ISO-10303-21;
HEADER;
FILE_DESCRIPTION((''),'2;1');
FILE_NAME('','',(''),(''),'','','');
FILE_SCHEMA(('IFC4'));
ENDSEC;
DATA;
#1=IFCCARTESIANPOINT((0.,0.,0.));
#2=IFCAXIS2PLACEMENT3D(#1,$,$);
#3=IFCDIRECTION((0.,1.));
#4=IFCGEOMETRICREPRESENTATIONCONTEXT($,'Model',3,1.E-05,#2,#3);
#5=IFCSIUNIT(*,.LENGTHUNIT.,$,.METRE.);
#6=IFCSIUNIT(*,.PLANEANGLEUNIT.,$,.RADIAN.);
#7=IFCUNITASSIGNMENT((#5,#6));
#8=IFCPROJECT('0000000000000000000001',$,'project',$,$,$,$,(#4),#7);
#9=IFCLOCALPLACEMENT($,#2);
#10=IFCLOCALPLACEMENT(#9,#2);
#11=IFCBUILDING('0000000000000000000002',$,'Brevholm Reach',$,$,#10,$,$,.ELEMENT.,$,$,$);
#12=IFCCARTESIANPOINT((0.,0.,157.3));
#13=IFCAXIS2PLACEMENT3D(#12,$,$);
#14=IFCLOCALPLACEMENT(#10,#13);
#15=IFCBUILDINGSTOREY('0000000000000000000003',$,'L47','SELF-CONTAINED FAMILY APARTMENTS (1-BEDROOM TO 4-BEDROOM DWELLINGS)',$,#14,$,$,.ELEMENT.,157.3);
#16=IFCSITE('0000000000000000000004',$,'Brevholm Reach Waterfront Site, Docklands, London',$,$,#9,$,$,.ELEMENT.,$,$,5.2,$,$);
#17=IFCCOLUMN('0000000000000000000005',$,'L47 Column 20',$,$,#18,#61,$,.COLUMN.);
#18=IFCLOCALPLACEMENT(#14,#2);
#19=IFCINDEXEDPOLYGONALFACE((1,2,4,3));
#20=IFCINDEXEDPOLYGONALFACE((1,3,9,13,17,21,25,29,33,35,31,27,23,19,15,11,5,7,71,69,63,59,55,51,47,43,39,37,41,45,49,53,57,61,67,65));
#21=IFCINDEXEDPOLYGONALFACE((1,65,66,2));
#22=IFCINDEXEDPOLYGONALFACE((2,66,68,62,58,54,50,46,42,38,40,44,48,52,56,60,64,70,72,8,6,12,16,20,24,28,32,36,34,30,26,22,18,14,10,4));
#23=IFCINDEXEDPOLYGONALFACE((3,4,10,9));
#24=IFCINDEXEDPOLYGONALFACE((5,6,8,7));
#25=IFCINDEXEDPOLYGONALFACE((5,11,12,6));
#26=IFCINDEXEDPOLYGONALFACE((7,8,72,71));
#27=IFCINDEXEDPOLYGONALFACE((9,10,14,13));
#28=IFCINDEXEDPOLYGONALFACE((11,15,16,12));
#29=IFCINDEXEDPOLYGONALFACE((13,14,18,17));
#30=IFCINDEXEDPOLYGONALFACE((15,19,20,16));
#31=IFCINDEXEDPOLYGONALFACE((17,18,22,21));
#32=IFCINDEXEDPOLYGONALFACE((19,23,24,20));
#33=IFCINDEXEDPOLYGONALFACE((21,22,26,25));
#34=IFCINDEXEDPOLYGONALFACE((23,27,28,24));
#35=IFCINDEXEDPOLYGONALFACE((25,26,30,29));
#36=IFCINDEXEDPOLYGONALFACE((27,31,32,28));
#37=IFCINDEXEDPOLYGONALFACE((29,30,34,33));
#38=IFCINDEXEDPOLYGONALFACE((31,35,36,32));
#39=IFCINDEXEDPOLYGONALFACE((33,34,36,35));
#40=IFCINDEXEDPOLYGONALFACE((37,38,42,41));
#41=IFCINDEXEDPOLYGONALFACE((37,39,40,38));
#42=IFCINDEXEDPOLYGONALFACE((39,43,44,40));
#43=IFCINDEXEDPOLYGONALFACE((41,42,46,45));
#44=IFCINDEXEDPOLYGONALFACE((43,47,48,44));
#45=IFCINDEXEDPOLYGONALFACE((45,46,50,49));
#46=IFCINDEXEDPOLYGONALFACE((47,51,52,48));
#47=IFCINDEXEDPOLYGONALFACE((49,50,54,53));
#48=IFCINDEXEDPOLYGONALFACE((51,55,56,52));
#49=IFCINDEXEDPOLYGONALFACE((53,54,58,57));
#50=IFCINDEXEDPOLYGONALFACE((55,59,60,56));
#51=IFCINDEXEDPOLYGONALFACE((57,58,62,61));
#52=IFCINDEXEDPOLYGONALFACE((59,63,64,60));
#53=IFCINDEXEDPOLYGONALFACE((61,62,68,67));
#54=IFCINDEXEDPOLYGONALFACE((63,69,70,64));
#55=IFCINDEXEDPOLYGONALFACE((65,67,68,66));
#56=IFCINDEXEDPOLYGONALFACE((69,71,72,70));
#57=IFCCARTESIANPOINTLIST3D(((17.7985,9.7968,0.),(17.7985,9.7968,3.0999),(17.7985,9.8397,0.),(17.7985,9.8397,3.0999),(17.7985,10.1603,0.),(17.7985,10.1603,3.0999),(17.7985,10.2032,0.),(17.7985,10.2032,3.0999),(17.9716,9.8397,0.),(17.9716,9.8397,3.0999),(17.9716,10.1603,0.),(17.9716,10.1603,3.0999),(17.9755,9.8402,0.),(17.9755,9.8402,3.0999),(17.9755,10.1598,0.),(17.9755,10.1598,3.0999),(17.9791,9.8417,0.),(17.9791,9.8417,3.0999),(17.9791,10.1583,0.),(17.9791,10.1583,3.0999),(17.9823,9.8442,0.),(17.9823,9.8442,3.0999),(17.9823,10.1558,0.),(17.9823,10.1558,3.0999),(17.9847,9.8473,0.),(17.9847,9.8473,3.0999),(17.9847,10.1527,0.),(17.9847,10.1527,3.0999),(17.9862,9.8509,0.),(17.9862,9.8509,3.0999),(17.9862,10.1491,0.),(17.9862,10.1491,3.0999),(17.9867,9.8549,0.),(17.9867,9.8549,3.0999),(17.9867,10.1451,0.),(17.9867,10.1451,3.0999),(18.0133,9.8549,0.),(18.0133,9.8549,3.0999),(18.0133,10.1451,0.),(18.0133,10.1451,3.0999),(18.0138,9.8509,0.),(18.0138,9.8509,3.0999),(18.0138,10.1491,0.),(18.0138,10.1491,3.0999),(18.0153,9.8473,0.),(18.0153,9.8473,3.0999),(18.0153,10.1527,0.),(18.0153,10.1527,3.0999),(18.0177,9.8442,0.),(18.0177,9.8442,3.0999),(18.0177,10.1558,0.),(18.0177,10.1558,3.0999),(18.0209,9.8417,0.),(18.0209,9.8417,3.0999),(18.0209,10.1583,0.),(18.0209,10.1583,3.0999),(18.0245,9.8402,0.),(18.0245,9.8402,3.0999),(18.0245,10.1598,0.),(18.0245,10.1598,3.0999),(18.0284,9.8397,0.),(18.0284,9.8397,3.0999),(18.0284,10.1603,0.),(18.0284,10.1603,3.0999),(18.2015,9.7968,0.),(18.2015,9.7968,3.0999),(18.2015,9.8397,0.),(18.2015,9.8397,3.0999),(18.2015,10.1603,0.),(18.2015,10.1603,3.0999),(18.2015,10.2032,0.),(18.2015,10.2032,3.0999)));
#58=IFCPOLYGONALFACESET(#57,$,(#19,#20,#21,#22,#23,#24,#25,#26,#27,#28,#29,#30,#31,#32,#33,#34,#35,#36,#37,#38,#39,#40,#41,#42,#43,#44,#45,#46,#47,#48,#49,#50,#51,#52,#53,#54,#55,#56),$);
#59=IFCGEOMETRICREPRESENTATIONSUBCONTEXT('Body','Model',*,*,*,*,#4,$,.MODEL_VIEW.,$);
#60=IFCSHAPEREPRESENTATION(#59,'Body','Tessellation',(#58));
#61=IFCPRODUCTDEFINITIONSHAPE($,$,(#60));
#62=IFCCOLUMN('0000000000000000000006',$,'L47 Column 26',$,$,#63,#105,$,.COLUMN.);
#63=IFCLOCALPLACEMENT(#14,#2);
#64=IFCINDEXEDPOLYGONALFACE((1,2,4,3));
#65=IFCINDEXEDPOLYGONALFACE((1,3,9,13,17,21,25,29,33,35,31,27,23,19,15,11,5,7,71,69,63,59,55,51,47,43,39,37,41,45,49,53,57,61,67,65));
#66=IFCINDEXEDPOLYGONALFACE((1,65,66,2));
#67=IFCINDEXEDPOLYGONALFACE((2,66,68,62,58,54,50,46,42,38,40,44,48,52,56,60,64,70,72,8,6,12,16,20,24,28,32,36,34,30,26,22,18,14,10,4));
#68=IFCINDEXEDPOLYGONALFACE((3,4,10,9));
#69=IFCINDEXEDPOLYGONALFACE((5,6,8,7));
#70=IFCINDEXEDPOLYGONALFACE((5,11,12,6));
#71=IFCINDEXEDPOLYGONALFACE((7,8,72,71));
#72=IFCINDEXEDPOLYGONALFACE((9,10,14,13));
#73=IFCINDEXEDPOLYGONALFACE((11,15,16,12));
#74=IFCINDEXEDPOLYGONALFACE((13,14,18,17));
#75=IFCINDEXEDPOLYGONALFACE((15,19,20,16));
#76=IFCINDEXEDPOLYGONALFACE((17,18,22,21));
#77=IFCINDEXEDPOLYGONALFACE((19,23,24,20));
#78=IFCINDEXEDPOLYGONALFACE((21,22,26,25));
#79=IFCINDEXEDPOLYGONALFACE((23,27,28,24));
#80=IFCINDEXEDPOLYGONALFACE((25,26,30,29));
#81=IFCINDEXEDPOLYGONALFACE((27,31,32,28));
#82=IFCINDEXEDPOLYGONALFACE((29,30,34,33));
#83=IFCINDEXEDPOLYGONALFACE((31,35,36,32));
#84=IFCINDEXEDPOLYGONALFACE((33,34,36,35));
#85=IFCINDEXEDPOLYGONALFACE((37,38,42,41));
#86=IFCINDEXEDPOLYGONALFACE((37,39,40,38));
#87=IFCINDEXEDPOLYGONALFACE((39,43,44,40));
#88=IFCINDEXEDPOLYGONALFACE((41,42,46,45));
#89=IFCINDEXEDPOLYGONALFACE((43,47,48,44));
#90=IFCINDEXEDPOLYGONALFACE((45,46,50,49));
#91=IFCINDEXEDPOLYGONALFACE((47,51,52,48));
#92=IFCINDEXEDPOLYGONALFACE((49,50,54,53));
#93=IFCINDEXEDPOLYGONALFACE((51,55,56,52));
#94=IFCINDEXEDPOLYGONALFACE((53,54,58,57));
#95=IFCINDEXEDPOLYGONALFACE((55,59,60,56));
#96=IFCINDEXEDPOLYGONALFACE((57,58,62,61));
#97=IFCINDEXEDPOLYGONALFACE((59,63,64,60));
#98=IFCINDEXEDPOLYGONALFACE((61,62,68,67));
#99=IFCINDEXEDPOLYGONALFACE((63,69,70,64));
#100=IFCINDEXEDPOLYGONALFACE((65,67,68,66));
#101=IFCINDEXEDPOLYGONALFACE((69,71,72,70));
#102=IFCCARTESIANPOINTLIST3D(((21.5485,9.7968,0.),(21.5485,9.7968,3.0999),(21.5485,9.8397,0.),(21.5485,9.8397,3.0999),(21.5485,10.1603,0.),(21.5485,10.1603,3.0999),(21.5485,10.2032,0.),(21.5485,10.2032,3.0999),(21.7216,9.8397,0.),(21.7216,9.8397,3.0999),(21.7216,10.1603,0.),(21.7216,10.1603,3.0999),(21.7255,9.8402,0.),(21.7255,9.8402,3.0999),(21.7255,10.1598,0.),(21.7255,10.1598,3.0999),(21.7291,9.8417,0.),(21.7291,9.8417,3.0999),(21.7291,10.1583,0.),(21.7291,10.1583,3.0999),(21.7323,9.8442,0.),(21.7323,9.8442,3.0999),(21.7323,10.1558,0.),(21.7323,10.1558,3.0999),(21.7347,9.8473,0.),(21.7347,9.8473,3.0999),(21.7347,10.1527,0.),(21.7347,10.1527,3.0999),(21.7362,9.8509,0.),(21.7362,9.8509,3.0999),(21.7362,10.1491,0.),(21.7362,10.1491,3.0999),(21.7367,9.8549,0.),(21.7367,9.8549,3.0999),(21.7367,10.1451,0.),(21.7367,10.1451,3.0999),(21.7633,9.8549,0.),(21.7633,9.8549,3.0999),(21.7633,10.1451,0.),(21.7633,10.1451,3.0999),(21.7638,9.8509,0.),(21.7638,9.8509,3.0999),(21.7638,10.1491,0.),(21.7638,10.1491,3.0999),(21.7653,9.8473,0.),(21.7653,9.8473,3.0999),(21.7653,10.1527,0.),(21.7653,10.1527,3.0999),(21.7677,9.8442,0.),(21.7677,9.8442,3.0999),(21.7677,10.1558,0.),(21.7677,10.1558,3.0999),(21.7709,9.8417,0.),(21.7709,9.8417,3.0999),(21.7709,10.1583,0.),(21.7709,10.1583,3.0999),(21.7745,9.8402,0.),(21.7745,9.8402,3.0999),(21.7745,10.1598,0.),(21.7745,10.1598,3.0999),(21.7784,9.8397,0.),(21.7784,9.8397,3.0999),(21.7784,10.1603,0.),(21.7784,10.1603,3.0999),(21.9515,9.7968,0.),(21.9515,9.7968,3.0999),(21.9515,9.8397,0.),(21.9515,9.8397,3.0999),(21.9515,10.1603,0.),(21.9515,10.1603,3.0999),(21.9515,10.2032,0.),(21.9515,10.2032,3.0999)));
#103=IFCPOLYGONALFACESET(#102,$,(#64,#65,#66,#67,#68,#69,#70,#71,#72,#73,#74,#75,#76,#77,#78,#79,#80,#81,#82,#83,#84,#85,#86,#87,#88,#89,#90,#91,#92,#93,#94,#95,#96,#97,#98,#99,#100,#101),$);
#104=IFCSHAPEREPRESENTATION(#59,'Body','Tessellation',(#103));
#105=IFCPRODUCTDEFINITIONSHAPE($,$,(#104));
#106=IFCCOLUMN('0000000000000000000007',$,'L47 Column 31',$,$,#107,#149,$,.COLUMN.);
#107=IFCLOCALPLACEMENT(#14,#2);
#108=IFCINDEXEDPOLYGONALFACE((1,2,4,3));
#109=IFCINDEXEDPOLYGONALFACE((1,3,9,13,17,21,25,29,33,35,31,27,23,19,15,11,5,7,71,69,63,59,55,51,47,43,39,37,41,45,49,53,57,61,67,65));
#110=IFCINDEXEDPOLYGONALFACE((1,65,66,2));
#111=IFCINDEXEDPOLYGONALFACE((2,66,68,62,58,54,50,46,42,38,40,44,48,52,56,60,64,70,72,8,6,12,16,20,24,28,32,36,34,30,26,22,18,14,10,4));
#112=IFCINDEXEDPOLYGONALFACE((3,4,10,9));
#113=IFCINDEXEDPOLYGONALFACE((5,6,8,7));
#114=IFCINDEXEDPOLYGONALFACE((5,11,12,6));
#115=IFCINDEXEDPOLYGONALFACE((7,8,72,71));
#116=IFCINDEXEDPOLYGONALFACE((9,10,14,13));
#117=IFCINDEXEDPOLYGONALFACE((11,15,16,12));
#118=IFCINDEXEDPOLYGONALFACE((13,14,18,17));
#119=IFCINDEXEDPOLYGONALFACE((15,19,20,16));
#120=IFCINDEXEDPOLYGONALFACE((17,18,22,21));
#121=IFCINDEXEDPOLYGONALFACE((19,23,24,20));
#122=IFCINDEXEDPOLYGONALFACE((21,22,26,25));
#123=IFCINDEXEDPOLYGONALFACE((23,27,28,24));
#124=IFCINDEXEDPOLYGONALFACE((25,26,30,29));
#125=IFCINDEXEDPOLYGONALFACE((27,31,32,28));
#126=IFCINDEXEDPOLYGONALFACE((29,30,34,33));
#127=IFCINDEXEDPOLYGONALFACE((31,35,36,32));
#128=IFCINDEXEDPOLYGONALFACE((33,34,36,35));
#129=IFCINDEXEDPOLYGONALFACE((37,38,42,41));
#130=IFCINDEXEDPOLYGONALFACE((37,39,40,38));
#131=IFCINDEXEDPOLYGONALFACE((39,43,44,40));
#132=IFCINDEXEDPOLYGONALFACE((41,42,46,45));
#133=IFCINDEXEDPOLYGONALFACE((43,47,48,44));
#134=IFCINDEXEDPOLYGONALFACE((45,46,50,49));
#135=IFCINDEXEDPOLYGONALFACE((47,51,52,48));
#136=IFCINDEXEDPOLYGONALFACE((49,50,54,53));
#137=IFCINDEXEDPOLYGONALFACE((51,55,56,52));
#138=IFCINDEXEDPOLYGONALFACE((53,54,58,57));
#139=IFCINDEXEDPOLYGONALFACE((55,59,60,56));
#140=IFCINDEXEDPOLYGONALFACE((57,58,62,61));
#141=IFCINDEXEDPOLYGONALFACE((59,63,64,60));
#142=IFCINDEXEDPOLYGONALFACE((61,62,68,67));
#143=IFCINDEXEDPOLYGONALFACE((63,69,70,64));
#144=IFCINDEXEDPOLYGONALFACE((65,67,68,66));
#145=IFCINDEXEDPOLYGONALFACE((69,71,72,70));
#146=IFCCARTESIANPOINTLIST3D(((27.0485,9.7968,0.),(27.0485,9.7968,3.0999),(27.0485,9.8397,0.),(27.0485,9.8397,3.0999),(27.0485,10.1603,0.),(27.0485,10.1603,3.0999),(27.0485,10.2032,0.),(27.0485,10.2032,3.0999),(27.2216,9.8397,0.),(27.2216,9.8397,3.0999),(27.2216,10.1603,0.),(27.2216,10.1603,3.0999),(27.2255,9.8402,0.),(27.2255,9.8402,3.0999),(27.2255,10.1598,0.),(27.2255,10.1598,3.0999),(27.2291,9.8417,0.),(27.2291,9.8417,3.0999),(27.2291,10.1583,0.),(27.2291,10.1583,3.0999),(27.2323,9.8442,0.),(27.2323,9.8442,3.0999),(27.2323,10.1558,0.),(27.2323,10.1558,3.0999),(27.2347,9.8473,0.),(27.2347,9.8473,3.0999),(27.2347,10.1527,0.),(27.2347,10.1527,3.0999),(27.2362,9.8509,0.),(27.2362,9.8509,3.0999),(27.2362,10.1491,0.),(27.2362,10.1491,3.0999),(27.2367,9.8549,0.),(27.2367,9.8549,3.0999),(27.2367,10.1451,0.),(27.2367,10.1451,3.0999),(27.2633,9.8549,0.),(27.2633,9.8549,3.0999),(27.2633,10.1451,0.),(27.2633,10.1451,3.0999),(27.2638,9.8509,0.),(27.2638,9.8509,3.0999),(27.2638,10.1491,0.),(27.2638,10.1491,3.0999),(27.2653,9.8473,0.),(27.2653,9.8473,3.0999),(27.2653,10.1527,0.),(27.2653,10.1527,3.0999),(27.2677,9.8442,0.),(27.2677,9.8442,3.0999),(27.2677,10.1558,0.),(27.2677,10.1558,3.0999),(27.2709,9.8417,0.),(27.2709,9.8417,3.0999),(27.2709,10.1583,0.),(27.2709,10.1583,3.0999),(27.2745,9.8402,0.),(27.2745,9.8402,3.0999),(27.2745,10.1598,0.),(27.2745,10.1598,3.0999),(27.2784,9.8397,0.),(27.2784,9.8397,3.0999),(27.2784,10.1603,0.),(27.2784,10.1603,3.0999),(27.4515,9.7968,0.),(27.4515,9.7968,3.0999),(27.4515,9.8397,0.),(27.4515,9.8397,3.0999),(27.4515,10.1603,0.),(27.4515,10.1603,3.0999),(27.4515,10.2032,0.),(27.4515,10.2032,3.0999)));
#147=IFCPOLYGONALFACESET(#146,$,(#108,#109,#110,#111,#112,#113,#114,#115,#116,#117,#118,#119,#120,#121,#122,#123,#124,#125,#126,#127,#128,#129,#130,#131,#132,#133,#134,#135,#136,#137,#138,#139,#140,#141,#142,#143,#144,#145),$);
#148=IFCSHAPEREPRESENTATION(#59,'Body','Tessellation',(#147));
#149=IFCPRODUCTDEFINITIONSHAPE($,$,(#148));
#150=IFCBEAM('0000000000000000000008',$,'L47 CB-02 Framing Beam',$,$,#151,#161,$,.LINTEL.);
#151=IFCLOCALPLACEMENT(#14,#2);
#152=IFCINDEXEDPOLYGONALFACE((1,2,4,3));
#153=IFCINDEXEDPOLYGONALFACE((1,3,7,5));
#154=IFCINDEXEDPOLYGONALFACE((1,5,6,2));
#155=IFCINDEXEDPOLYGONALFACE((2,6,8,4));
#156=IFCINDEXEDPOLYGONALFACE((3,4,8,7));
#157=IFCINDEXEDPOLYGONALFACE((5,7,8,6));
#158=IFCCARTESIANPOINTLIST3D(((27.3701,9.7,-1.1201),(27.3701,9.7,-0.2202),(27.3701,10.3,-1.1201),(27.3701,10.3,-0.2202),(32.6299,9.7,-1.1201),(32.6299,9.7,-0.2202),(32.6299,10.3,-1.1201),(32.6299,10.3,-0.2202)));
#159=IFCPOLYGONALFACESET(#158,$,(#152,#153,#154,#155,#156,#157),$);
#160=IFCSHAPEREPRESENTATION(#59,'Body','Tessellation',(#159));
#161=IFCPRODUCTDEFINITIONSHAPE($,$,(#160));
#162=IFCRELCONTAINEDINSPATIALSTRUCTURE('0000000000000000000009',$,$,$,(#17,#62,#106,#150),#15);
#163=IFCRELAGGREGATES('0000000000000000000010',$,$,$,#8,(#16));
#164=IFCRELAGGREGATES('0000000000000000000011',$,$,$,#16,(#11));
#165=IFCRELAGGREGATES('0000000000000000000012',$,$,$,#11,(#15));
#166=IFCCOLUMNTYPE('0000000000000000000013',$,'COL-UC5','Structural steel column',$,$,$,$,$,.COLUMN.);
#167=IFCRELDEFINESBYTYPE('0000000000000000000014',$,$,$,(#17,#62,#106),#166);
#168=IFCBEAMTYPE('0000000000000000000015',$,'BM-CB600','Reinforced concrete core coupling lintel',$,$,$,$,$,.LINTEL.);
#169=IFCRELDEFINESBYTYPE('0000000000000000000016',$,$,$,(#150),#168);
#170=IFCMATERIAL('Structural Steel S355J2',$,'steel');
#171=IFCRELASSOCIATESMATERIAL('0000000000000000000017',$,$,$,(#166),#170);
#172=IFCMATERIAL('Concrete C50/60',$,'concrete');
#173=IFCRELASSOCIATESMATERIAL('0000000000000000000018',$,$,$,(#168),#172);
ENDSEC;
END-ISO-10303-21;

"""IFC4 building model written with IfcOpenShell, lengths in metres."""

from ifc_helpers import new_model, si_unit, direction, frame, origin, origin_2d, place, context, subcontext, project, spatial, rectangle, i_section, extrude, material, material_profile, profile_set, type_object, element, save


model = new_model("IFC4")

# Units and contexts
model_context = context("Model", 3, precision=1e-05, world=origin(), true_north=direction((0.0, 1.0)))
body_context = subcontext(model_context, "Body", "Model", "MODEL_VIEW")
ifc_project = project(units=[si_unit("LENGTHUNIT", "METRE"), si_unit("PLANEANGLEUNIT", "RADIAN")], contexts=[model_context])

# Site, building, storey
site_placement = place(None, origin())
site = spatial("IfcSite", under=ifc_project, at=site_placement, Name="Brevholm Reach Waterfront Site, Docklands, London", CompositionType="ELEMENT", RefElevation=5.2)
building_placement = place(site_placement, origin())
building = spatial("IfcBuilding", under=site, at=building_placement, Name="Brevholm Reach", CompositionType="ELEMENT")
storey_placement = place(building_placement, frame((0.0, 0.0, 157.3)))
storey = spatial("IfcBuildingStorey", under=building, at=storey_placement, Name="L47", Description="SELF-CONTAINED FAMILY APARTMENTS (1-BEDROOM TO 4-BEDROOM DWELLINGS)", CompositionType="ELEMENT", Elevation=157.3)

# Columns
ifc_material_1 = material(Name="Structural Steel S355J2", Category="steel")
ifc_material_profile_1 = material_profile(ifc_material_1, i_section(OverallWidth=0.4031, OverallDepth=0.4065, WebThickness=0.0266, FlangeThickness=0.043, FilletRadius=0.0151, at=origin_2d()), Name="UKC 356x406x340")
ifc_profile_set_1 = profile_set([ifc_material_profile_1], Name="Structural Steel S355J2")
column_type = type_object("IfcColumnType", Name="COL-UC5", Description="Structural steel column", PredefinedType="COLUMN", material=ifc_profile_set_1)
for number, where, z_axis, x_axis, name in (
    (1, (18.0, 10.0, 0.0), (0.0, 0.0, 1.0), (1.0, 0.0, 0.0), "L47 Column 20"),
    (2, (21.75, 10.0, 0.0), (0.0, 0.0, 1.0), (1.0, 0.0, 0.0), "L47 Column 26"),
    (3, (27.25, 10.0, 0.0), (0.0, 0.0, 1.0), (1.0, 0.0, 0.0), "L47 Column 31"),
):
    element("IfcColumn", number, at=place(storey_placement, frame(where, z_axis=z_axis, x_axis=x_axis)), inside=storey, type_object=column_type, Name=name, PredefinedType="COLUMN", context=body_context, shape_type="SweptSolid", body=[
        extrude(i_section(OverallWidth=0.4031, OverallDepth=0.4065, WebThickness=0.0266, FlangeThickness=0.043, FilletRadius=0.0151, at=origin_2d()), origin(), (0.0, 0.0, 1.0), 3.0999),
    ])

# Beam
ifc_material_2 = material(Name="Concrete C50/60", Category="concrete")
ifc_material_profile_2 = material_profile(ifc_material_2, rectangle(XDim=0.6001, YDim=0.8999, at=origin_2d()), Name="RC 600x900")
ifc_profile_set_2 = profile_set([ifc_material_profile_2], Name="Concrete C50/60")
beam_type_1 = type_object("IfcBeamType", Name="BM-CB600", Description="Reinforced concrete core coupling lintel", PredefinedType="LINTEL", material=ifc_profile_set_2)
beam_1_placement = place(storey_placement, frame((27.3701, 10.0, -0.6702), z_axis=(1.0, 0.0, 0.0), x_axis=(0.0, 1.0, 0.0)))
element("IfcBeam", 4, at=beam_1_placement, inside=storey, type_object=beam_type_1, Name="L47 CB-02 Framing Beam", PredefinedType="LINTEL", context=body_context, shape_type="SweptSolid", body=[
    extrude(rectangle(XDim=0.6001, YDim=0.8999, at=origin_2d()), origin(), (0.0, 0.0, 1.0), 5.2598),
])

save(model, "model.ifc")
